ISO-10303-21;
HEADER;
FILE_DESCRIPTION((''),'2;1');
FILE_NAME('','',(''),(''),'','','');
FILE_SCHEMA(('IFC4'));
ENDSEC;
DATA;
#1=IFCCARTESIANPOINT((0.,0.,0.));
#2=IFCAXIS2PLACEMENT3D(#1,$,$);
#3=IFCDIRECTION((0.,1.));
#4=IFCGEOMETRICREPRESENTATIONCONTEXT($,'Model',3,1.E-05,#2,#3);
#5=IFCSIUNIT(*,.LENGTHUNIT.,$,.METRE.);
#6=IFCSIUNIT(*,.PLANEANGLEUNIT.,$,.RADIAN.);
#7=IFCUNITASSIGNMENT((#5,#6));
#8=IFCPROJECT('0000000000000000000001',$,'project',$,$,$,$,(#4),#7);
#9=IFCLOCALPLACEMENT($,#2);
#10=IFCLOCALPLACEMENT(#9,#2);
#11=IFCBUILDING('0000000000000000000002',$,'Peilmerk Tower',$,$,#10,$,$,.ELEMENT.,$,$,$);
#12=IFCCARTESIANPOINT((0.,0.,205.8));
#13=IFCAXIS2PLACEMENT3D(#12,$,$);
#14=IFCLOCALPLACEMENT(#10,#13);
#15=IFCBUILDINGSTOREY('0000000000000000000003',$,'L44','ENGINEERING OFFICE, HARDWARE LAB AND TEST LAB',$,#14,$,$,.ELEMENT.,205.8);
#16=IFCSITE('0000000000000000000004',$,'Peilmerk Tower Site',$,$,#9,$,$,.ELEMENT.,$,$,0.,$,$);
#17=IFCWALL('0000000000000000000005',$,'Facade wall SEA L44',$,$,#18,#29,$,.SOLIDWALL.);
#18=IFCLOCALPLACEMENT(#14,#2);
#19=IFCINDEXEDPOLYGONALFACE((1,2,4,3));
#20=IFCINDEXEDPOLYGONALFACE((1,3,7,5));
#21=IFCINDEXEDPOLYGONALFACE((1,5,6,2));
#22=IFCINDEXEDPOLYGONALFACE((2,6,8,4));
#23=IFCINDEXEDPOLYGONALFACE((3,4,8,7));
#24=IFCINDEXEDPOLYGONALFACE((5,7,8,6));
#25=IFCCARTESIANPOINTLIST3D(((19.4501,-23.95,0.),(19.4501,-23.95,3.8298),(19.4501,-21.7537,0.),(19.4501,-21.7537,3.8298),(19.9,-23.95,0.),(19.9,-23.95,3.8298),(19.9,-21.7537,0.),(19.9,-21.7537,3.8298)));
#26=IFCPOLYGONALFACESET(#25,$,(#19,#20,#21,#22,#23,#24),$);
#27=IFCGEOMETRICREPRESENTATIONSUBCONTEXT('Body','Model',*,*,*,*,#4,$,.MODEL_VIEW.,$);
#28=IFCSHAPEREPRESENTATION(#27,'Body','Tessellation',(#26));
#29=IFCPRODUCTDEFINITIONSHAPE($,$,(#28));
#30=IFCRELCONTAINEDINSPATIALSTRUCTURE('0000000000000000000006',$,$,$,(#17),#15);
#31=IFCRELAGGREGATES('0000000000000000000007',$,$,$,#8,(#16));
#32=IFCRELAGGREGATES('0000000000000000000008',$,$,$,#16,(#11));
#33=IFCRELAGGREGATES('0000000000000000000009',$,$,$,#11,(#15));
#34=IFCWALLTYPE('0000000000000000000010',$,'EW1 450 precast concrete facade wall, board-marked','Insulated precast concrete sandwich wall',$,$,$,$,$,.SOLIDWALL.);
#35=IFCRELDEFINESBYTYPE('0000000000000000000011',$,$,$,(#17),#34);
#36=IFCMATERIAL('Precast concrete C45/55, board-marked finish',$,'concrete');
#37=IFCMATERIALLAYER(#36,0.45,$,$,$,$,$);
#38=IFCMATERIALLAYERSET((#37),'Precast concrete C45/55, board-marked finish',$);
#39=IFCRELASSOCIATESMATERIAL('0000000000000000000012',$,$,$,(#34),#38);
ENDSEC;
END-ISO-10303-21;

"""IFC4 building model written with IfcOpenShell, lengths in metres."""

from ifc_helpers import new_model, si_unit, direction, frame, frame_2d, origin, place, context, subcontext, project, spatial, rectangle, extrude, material, layer, layer_set, type_object, element, save


model = new_model("IFC4")

# Units and contexts
model_context = context("Model", 3, precision=1e-05, world=origin(), true_north=direction((0.0, 1.0)))
body_context = subcontext(model_context, "Body", "Model", "MODEL_VIEW")
ifc_project = project(units=[si_unit("LENGTHUNIT", "METRE"), si_unit("PLANEANGLEUNIT", "RADIAN")], contexts=[model_context])

# Site, building, storey
site_placement = place(None, origin())
site = spatial("IfcSite", under=ifc_project, at=site_placement, Name="Peilmerk Tower Site", CompositionType="ELEMENT", RefElevation=0.0)
building_placement = place(site_placement, origin())
building = spatial("IfcBuilding", under=site, at=building_placement, Name="Peilmerk Tower", CompositionType="ELEMENT")
storey_placement = place(building_placement, frame((0.0, 0.0, 205.8)))
storey = spatial("IfcBuildingStorey", under=building, at=storey_placement, Name="L44", Description="ENGINEERING OFFICE, HARDWARE LAB AND TEST LAB", CompositionType="ELEMENT", Elevation=205.8)

# Shared definitions
ifc_material_1 = material(Name="Precast concrete C45/55, board-marked finish", Category="concrete")
ifc_layer_1 = layer(ifc_material_1, 0.45)
ifc_layer_set_1 = layer_set([ifc_layer_1], Name="Precast concrete C45/55, board-marked finish")
wall_type = type_object("IfcWallType", Name="EW1 450 precast concrete facade wall, board-marked", Description="Insulated precast concrete sandwich wall", PredefinedType="SOLIDWALL", material=ifc_layer_set_1)

# Wall
wall_1_placement = place(storey_placement, frame((19.675, -21.7537, 0.0), z_axis=(0.0, 0.0, 1.0), x_axis=(0.0, -1.0, 0.0)))
element("IfcWall", 1, at=wall_1_placement, inside=storey, type_object=wall_type, Name="Facade wall SEA L44", PredefinedType="SOLIDWALL", context=body_context, shape_type="SweptSolid", body=[
    extrude(rectangle(XDim=2.1963, YDim=0.45, at=frame_2d((1.0981, 0.0))), origin(), (0.0, 0.0, 1.0), 3.8298),
])

save(model, "model.ifc")
